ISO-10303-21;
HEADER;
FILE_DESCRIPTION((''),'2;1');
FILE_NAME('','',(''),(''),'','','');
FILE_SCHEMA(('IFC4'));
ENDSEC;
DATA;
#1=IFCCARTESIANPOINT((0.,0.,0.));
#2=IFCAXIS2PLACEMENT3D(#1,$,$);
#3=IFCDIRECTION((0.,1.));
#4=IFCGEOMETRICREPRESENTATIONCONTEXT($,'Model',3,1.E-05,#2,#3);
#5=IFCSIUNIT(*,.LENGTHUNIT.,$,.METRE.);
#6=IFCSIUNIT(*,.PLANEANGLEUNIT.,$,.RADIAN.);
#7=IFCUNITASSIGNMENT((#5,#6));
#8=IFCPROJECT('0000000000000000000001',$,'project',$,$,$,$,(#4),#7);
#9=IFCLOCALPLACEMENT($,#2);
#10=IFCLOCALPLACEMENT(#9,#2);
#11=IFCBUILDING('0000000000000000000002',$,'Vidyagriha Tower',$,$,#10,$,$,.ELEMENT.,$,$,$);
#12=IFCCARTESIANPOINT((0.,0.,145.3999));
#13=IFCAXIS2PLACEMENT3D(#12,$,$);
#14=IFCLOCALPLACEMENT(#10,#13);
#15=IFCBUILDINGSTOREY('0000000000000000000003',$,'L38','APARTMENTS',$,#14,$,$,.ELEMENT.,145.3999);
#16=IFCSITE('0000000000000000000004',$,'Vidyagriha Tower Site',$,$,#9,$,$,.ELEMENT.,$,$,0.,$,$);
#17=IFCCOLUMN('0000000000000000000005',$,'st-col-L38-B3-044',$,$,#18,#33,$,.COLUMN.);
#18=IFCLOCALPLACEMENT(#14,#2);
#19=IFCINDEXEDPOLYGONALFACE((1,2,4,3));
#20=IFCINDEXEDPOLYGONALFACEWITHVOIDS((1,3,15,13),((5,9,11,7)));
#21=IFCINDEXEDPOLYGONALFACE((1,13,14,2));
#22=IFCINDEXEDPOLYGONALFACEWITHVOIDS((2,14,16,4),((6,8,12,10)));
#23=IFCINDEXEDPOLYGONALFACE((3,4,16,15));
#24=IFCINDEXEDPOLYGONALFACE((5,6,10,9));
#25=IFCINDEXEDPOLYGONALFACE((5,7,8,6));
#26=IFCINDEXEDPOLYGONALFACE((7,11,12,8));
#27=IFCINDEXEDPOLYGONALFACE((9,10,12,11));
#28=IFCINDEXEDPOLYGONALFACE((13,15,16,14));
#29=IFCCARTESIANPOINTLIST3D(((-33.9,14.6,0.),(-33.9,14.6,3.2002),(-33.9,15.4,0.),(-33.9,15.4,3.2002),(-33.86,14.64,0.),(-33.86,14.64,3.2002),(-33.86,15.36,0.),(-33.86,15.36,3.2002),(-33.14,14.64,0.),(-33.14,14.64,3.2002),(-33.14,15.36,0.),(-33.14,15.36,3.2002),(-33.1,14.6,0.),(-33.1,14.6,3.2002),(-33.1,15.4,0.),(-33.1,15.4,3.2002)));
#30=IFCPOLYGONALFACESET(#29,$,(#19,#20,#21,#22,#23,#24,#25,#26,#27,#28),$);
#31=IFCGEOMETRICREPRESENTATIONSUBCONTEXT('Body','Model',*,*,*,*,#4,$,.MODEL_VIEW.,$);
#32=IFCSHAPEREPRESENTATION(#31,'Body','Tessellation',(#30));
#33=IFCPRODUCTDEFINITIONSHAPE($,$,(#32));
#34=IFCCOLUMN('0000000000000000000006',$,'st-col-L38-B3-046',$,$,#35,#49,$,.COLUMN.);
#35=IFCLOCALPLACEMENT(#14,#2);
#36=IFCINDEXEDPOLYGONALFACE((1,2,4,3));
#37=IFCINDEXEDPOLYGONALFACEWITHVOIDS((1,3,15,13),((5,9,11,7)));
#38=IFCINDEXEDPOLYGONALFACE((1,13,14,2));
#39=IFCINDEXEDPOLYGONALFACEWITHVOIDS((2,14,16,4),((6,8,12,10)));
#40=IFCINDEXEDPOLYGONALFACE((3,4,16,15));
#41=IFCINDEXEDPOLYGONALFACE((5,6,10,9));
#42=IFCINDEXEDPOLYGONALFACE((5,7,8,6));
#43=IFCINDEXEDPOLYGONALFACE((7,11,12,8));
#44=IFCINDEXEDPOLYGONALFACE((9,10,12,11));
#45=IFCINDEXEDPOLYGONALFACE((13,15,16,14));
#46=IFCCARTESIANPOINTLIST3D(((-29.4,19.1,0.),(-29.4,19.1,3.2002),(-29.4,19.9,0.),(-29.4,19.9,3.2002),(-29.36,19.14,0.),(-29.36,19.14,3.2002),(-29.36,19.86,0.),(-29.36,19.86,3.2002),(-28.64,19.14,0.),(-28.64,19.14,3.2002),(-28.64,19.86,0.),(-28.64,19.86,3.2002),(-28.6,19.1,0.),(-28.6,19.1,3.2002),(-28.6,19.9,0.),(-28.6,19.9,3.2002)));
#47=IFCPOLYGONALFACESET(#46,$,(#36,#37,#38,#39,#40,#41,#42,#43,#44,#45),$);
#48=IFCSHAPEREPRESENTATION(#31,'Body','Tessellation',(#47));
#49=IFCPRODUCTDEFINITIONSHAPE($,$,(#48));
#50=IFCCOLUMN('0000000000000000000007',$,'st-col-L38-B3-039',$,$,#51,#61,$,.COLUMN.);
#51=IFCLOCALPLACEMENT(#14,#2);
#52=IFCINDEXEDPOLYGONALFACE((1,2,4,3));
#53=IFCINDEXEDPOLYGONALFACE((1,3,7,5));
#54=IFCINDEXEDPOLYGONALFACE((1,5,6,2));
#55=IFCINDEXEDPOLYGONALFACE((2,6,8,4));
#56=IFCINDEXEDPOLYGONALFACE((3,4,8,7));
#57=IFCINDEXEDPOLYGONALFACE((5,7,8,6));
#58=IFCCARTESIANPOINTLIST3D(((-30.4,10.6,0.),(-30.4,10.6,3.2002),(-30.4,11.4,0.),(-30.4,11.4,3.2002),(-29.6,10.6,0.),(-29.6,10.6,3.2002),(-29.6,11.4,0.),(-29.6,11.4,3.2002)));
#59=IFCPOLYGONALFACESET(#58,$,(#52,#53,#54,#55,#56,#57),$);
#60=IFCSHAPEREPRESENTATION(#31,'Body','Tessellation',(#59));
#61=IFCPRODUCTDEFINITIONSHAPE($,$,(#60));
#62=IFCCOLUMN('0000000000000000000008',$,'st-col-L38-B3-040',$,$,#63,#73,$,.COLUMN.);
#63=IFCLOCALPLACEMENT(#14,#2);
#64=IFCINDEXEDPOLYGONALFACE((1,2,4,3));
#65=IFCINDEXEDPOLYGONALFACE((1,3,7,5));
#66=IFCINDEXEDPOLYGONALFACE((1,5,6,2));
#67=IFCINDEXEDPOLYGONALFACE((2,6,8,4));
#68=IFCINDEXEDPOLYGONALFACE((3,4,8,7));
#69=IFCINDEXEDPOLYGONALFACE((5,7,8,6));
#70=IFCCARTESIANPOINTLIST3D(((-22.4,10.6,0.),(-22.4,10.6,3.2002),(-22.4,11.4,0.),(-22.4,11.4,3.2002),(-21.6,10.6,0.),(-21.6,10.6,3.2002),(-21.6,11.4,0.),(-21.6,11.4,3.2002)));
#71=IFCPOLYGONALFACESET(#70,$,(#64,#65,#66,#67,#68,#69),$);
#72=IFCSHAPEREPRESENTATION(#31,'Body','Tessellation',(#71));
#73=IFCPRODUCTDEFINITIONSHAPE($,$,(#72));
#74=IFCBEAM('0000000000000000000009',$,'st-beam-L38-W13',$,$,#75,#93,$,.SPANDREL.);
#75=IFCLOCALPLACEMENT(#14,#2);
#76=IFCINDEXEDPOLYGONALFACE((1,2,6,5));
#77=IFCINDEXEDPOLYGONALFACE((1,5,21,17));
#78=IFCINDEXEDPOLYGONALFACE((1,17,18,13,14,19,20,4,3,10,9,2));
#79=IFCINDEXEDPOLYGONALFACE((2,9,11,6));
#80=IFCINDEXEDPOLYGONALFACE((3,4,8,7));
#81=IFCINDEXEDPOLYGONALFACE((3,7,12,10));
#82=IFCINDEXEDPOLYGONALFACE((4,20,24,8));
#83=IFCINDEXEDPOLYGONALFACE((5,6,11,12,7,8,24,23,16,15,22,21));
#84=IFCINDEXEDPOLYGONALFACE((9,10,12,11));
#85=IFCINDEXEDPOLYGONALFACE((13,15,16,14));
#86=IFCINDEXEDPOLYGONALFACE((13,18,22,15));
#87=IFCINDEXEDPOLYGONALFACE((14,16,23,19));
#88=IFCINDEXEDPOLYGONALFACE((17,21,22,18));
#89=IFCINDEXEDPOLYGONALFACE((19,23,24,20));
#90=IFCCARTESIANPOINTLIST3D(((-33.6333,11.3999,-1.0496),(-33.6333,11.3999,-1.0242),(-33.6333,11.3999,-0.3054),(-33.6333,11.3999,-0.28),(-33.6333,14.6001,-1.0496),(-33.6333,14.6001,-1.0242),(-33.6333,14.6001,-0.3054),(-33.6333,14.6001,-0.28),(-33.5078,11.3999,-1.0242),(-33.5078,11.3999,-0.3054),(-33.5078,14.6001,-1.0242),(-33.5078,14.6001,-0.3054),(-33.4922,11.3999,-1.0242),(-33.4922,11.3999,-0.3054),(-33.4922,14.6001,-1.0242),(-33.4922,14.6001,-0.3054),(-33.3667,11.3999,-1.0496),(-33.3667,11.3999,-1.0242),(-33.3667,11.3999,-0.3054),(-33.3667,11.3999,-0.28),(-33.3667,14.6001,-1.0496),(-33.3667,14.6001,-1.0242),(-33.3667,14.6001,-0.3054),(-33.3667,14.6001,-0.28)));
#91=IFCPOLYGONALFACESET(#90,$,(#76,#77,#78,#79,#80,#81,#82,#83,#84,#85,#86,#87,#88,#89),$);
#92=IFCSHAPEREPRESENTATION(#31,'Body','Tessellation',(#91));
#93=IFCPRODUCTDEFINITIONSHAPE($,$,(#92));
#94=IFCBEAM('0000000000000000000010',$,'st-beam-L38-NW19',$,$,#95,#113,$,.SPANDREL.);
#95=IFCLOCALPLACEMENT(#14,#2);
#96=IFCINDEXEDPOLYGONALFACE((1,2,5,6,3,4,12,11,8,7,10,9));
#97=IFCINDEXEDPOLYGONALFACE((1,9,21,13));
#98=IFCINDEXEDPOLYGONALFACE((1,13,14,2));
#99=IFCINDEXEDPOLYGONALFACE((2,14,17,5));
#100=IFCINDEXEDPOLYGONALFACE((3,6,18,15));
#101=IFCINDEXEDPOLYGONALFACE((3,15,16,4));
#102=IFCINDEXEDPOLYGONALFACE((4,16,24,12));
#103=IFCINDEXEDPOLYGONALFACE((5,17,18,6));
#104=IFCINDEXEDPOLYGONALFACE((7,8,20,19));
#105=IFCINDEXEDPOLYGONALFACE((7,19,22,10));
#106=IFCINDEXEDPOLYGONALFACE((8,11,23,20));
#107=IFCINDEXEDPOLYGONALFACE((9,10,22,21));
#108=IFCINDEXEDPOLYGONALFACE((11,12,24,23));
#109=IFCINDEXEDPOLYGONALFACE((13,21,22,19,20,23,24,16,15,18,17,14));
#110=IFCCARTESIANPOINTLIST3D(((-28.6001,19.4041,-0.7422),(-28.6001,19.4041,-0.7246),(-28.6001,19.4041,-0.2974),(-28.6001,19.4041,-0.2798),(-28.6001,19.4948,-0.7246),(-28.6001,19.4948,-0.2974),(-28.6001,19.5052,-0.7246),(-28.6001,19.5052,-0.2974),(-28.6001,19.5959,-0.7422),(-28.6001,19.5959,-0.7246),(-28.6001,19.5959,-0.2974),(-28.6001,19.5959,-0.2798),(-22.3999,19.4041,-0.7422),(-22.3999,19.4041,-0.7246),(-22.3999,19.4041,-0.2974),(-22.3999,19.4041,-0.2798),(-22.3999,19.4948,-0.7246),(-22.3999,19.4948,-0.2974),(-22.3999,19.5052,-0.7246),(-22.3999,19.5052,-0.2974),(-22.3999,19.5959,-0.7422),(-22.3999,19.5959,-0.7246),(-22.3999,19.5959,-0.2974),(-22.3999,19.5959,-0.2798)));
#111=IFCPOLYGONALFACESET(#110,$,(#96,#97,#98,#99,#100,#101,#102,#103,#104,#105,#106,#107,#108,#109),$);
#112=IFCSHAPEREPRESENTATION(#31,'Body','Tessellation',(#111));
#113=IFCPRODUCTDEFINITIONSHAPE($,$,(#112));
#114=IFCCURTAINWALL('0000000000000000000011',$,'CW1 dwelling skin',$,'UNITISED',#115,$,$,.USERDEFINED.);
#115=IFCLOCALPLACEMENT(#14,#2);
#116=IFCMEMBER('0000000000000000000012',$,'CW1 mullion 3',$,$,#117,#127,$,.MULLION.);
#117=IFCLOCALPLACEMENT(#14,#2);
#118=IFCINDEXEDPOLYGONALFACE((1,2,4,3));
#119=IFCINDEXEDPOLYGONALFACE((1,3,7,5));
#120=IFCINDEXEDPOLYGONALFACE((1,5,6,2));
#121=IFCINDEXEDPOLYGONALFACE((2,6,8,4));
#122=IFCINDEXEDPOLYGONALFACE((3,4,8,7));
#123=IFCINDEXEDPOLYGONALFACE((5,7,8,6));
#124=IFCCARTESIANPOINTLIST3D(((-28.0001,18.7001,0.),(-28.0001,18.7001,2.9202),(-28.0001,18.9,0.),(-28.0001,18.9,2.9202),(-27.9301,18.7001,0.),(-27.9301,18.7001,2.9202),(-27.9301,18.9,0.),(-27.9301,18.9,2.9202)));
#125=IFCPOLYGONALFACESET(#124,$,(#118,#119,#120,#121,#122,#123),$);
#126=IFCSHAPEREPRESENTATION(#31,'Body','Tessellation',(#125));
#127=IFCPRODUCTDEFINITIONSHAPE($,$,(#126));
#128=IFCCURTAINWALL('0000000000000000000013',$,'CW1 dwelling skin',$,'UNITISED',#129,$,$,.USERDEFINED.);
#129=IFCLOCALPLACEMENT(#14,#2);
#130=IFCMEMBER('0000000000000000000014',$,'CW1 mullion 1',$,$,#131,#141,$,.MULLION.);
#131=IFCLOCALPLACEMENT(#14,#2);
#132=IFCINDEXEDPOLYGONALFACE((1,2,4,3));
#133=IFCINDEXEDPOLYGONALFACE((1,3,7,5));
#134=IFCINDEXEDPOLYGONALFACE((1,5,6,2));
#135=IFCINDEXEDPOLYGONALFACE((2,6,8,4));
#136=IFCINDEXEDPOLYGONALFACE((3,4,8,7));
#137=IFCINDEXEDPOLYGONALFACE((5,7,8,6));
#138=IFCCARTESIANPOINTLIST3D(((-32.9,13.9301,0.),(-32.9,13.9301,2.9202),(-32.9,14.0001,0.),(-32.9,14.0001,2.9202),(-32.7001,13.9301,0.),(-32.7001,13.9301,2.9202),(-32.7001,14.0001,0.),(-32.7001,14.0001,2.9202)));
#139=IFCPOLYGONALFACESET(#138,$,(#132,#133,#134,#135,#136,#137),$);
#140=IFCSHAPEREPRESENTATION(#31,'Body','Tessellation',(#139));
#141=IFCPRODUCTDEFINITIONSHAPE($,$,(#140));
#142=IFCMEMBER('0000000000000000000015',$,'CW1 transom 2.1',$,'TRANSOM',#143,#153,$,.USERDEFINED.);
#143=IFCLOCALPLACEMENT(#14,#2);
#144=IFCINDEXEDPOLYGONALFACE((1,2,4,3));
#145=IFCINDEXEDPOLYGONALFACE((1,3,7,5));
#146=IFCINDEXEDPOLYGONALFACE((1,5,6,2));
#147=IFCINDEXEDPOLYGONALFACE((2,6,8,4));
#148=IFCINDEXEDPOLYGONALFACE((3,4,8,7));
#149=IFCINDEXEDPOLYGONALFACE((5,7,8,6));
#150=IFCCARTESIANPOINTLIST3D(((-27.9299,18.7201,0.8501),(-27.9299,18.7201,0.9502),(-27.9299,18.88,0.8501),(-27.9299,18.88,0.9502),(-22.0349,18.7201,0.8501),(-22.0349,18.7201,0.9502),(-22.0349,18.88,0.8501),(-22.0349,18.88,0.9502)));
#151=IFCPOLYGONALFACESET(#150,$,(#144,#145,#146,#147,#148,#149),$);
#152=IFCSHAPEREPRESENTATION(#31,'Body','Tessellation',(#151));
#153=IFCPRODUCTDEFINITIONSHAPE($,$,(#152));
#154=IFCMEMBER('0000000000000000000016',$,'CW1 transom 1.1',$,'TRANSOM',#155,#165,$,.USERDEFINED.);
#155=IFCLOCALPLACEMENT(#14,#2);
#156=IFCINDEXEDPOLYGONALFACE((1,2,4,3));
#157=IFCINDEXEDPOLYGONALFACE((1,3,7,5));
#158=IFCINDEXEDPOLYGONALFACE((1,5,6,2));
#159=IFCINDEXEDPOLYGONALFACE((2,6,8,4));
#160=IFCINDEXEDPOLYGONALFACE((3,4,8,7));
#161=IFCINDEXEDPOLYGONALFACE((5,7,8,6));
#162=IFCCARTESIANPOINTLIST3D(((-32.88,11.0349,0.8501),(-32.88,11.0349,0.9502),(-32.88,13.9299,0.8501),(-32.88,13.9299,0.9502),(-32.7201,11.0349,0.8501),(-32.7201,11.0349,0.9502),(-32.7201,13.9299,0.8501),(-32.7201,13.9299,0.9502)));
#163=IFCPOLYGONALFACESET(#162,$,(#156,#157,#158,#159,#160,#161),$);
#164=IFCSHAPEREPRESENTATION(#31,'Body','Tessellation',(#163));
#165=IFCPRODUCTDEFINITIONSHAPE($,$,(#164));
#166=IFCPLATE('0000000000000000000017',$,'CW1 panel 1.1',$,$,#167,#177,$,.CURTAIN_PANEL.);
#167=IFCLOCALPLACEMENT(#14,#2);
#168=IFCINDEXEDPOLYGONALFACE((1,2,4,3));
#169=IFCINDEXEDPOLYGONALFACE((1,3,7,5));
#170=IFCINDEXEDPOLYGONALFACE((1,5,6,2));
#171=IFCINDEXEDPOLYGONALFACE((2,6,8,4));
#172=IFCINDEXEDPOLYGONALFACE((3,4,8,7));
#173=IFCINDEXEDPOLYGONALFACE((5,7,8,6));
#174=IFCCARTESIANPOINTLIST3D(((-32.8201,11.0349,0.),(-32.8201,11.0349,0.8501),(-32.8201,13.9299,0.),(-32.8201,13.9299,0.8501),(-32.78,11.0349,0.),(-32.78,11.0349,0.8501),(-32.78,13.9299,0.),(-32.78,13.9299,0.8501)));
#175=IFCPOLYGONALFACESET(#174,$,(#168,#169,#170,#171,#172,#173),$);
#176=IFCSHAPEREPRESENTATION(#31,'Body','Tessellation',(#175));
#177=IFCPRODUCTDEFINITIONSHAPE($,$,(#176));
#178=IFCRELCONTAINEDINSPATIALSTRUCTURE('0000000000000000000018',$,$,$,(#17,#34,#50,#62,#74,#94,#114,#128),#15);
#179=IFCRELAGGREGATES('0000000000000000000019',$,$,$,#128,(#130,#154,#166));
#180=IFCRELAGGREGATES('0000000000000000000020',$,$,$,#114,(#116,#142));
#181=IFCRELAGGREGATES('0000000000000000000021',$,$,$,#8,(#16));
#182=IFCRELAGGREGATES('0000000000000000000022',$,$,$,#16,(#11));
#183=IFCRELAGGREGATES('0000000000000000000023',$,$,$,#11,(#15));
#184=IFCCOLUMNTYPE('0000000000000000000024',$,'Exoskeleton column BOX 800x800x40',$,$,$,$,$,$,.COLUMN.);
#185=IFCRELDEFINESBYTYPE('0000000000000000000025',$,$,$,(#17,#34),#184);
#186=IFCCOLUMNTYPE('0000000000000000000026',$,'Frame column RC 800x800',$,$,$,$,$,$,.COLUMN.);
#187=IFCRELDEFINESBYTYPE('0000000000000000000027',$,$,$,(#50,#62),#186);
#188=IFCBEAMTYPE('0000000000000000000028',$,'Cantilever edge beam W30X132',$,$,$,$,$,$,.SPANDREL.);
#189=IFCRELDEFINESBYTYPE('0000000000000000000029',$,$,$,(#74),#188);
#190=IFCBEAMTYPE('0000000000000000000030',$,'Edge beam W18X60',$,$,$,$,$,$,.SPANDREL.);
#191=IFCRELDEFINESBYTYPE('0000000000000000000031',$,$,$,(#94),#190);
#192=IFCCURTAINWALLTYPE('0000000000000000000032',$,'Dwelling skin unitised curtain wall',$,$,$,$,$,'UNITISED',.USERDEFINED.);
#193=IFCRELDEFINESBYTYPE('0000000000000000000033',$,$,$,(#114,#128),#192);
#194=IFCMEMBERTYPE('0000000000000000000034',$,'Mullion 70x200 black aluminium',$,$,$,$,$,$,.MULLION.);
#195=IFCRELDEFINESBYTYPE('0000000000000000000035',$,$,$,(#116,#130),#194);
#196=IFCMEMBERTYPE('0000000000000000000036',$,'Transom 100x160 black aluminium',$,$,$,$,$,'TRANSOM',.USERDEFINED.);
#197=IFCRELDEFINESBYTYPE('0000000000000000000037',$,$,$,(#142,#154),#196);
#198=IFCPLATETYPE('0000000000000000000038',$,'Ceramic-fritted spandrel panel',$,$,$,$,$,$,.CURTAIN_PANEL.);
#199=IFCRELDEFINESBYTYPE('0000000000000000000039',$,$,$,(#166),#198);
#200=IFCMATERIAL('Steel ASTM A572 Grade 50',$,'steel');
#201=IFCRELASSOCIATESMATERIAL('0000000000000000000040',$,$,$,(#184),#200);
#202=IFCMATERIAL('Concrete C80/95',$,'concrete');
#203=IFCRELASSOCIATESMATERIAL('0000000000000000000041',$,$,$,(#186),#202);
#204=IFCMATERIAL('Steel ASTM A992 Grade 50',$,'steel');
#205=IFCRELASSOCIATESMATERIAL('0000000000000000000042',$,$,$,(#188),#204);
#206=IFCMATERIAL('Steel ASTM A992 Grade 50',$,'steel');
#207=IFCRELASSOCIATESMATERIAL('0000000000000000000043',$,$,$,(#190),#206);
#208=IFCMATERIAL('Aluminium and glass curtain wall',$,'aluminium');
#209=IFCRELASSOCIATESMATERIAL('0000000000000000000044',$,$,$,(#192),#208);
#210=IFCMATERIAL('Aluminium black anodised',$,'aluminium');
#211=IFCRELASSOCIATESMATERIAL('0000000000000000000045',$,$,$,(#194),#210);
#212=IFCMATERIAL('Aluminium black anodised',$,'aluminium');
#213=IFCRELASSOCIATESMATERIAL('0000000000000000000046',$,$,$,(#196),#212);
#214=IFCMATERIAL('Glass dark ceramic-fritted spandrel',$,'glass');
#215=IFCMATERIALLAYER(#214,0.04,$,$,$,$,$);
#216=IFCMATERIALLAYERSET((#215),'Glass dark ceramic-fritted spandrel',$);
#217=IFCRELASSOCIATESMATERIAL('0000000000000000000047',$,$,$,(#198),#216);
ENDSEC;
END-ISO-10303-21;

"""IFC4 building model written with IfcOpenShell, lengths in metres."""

from ifc_helpers import new_model, si_unit, direction, frame, origin, origin_2d, place, context, subcontext, project, spatial, rectangle, hollow_rectangle, i_section, extrude, material, layer, layer_set, material_profile, profile_set, type_object, element, aggregate, save


model = new_model("IFC4")

# Units and contexts
model_context = context("Model", 3, precision=1e-05, world=origin(), true_north=direction((0.0, 1.0)))
body_context = subcontext(model_context, "Body", "Model", "MODEL_VIEW")
ifc_project = project(units=[si_unit("LENGTHUNIT", "METRE"), si_unit("PLANEANGLEUNIT", "RADIAN")], contexts=[model_context])

# Site, building, storey
site_placement = place(None, origin())
site = spatial("IfcSite", under=ifc_project, at=site_placement, Name="Vidyagriha Tower Site", CompositionType="ELEMENT", RefElevation=0.0)
building_placement = place(site_placement, origin())
building = spatial("IfcBuilding", under=site, at=building_placement, Name="Vidyagriha Tower", CompositionType="ELEMENT")
storey_placement = place(building_placement, frame((0.0, 0.0, 145.3999)))
storey = spatial("IfcBuildingStorey", under=building, at=storey_placement, Name="L38", Description="APARTMENTS", CompositionType="ELEMENT", Elevation=145.3999)

# Columns
ifc_material_1 = material(Name="Steel ASTM A572 Grade 50", Category="steel")
ifc_material_profile_1 = material_profile(ifc_material_1, hollow_rectangle(XDim=0.8, YDim=0.8, WallThickness=0.04, at=origin_2d()), Name="BOX 800x800x40")
ifc_profile_set_1 = profile_set([ifc_material_profile_1], Name="Steel ASTM A572 Grade 50")
column_type_1 = type_object("IfcColumnType", Name="Exoskeleton column BOX 800x800x40", PredefinedType="COLUMN", material=ifc_profile_set_1)
for number, where, name in (
    (1, (-33.5, 15.0, 0.0), "st-col-L38-B3-044"),
    (2, (-29.0, 19.5, 0.0), "st-col-L38-B3-046"),
):
    element("IfcColumn", number, at=place(storey_placement, frame(where)), inside=storey, type_object=column_type_1, Name=name, PredefinedType="COLUMN", context=body_context, shape_type="SweptSolid", body=[
        extrude(hollow_rectangle(XDim=0.8, YDim=0.8, WallThickness=0.04, at=origin_2d()), origin(), (0.0, 0.0, 1.0), 3.2002),
    ])
ifc_material_2 = material(Name="Concrete C80/95", Category="concrete")
ifc_material_profile_2 = material_profile(ifc_material_2, rectangle(XDim=0.8, YDim=0.8, at=origin_2d()), Name="RC 800x800")
ifc_profile_set_2 = profile_set([ifc_material_profile_2], Name="Concrete C80/95")
column_type_2 = type_object("IfcColumnType", Name="Frame column RC 800x800", PredefinedType="COLUMN", material=ifc_profile_set_2)
for number, where, name in (
    (3, (-30.0, 11.0, 0.0), "st-col-L38-B3-039"),
    (4, (-22.0, 11.0, 0.0), "st-col-L38-B3-040"),
):
    element("IfcColumn", number, at=place(storey_placement, frame(where)), inside=storey, type_object=column_type_2, Name=name, PredefinedType="COLUMN", context=body_context, shape_type="SweptSolid", body=[
        extrude(rectangle(XDim=0.8, YDim=0.8, at=origin_2d()), origin(), (0.0, 0.0, 1.0), 3.2002),
    ])

# Beams
ifc_material_3 = material(Name="Steel ASTM A992 Grade 50", Category="steel")
ifc_material_profile_3 = material_profile(ifc_material_3, i_section(OverallWidth=0.2666, OverallDepth=0.7695, WebThickness=0.0156, FlangeThickness=0.0254, at=origin_2d()), Name="W30X132")
ifc_profile_set_3 = profile_set([ifc_material_profile_3], Name="Steel ASTM A992 Grade 50")
beam_type_1 = type_object("IfcBeamType", Name="Cantilever edge beam W30X132", PredefinedType="SPANDREL", material=ifc_profile_set_3)
beam_1_placement = place(storey_placement, frame((-33.5, 11.3999, -0.6648), z_axis=(0.0, 1.0, 0.0), x_axis=(-1.0, 0.0, 0.0)))
element("IfcBeam", 5, at=beam_1_placement, inside=storey, type_object=beam_type_1, Name="st-beam-L38-W13", PredefinedType="SPANDREL", context=body_context, shape_type="SweptSolid", body=[
    extrude(i_section(OverallWidth=0.2666, OverallDepth=0.7695, WebThickness=0.0156, FlangeThickness=0.0254, at=origin_2d()), origin(), (0.0, 0.0, 1.0), 3.2002),
])
ifc_material_4 = material(Name="Steel ASTM A992 Grade 50", Category="steel")
ifc_material_profile_4 = material_profile(ifc_material_4, i_section(OverallWidth=0.1919, OverallDepth=0.4624, WebThickness=0.0105, FlangeThickness=0.0176, at=origin_2d()), Name="W18X60")
ifc_profile_set_4 = profile_set([ifc_material_profile_4], Name="Steel ASTM A992 Grade 50")
beam_type_2 = type_object("IfcBeamType", Name="Edge beam W18X60", PredefinedType="SPANDREL", material=ifc_profile_set_4)
beam_2_placement = place(storey_placement, frame((-28.6001, 19.5, -0.511), z_axis=(1.0, 0.0, 0.0), x_axis=(0.0, 1.0, 0.0)))
element("IfcBeam", 6, at=beam_2_placement, inside=storey, type_object=beam_type_2, Name="st-beam-L38-NW19", PredefinedType="SPANDREL", context=body_context, shape_type="SweptSolid", body=[
    extrude(i_section(OverallWidth=0.1919, OverallDepth=0.4624, WebThickness=0.0105, FlangeThickness=0.0176, at=origin_2d()), origin(), (0.0, 0.0, 1.0), 6.2002),
])

# Curtain walls, members
ifc_material_5 = material(Name="Aluminium and glass curtain wall", Category="aluminium")
curtain_wall_type = type_object("IfcCurtainWallType", Name="Dwelling skin unitised curtain wall", ElementType="UNITISED", PredefinedType="USERDEFINED", material=ifc_material_5)
curtain_wall_1_placement = place(storey_placement, origin())
curtain_wall_1 = element("IfcCurtainWall", 7, at=curtain_wall_1_placement, inside=storey, type_object=curtain_wall_type, Name="CW1 dwelling skin", ObjectType="UNITISED", PredefinedType="USERDEFINED")
ifc_material_6 = material(Name="Aluminium black anodised", Category="aluminium")
ifc_material_profile_5 = material_profile(ifc_material_6, rectangle(XDim=0.2, YDim=0.0701, at=origin_2d()), Name="Mullion 70x200 black aluminium")
ifc_profile_set_5 = profile_set([ifc_material_profile_5], Name="Aluminium black anodised")
member_type_1 = type_object("IfcMemberType", Name="Mullion 70x200 black aluminium", PredefinedType="MULLION", material=ifc_profile_set_5)
member_1_placement = place(storey_placement, frame((-27.9651, 18.8, 0.0), z_axis=(0.0, 0.0, 1.0), x_axis=(0.0, -1.0, 0.0)))
member_1 = element("IfcMember", 8, at=member_1_placement, type_object=member_type_1, Name="CW1 mullion 3", PredefinedType="MULLION", context=body_context, shape_type="SweptSolid", body=[
    extrude(rectangle(XDim=0.2, YDim=0.0701, at=origin_2d()), origin(), (0.0, 0.0, 1.0), 2.9202),
])
curtain_wall_2_placement = place(storey_placement, origin())
curtain_wall_2 = element("IfcCurtainWall", 9, at=curtain_wall_2_placement, inside=storey, type_object=curtain_wall_type, Name="CW1 dwelling skin", ObjectType="UNITISED", PredefinedType="USERDEFINED")
member_2_placement = place(storey_placement, frame((-32.8, 13.9651, 0.0)))
member_2 = element("IfcMember", 10, at=member_2_placement, type_object=member_type_1, Name="CW1 mullion 1", PredefinedType="MULLION", context=body_context, shape_type="SweptSolid", body=[
    extrude(rectangle(XDim=0.2, YDim=0.0701, at=origin_2d()), origin(), (0.0, 0.0, 1.0), 2.9202),
])

# Members
ifc_material_7 = material(Name="Aluminium black anodised", Category="aluminium")
ifc_material_profile_6 = material_profile(ifc_material_7, rectangle(XDim=0.1599, YDim=0.1001, at=origin_2d()), Name="Transom 100x160 black aluminium")
ifc_profile_set_6 = profile_set([ifc_material_profile_6], Name="Aluminium black anodised")
member_type_2 = type_object("IfcMemberType", Name="Transom 100x160 black aluminium", ElementType="TRANSOM", PredefinedType="USERDEFINED", material=ifc_profile_set_6)
member_3_placement = place(storey_placement, frame((-22.0349, 18.8, 0.9001), z_axis=(-1.0, 0.0, 0.0), x_axis=(0.0, -1.0, 0.0)))
member_3 = element("IfcMember", 11, at=member_3_placement, type_object=member_type_2, Name="CW1 transom 2.1", ObjectType="TRANSOM", PredefinedType="USERDEFINED", context=body_context, shape_type="SweptSolid", body=[
    extrude(rectangle(XDim=0.1599, YDim=0.1001, at=origin_2d()), origin(), (0.0, 0.0, 1.0), 5.895),
])
member_4_placement = place(storey_placement, frame((-32.8, 13.9299, 0.9001), z_axis=(0.0, -1.0, 0.0), x_axis=(1.0, 0.0, 0.0)))
member_4 = element("IfcMember", 12, at=member_4_placement, type_object=member_type_2, Name="CW1 transom 1.1", ObjectType="TRANSOM", PredefinedType="USERDEFINED", context=body_context, shape_type="SweptSolid", body=[
    extrude(rectangle(XDim=0.1599, YDim=0.1001, at=origin_2d()), origin(), (0.0, 0.0, 1.0), 2.895),
])

# Plate
ifc_material_8 = material(Name="Glass dark ceramic-fritted spandrel", Category="glass")
ifc_layer_1 = layer(ifc_material_8, 0.04)
ifc_layer_set_1 = layer_set([ifc_layer_1], Name="Glass dark ceramic-fritted spandrel")
plate_type_1 = type_object("IfcPlateType", Name="Ceramic-fritted spandrel panel", PredefinedType="CURTAIN_PANEL", material=ifc_layer_set_1)
plate_1_placement = place(storey_placement, frame((-32.8, 12.4824, 0.0), z_axis=(0.0, 0.0, 1.0), x_axis=(0.0, -1.0, 0.0)))
plate_1 = element("IfcPlate", 13, at=plate_1_placement, type_object=plate_type_1, Name="CW1 panel 1.1", PredefinedType="CURTAIN_PANEL", context=body_context, shape_type="SweptSolid", body=[
    extrude(rectangle(XDim=2.895, YDim=0.04, at=origin_2d()), origin(), (0.0, 0.0, 1.0), 0.8501),
])
aggregate(curtain_wall_2, [member_2, member_4, plate_1])
aggregate(curtain_wall_1, [member_1, member_3])

save(model, "model.ifc")
